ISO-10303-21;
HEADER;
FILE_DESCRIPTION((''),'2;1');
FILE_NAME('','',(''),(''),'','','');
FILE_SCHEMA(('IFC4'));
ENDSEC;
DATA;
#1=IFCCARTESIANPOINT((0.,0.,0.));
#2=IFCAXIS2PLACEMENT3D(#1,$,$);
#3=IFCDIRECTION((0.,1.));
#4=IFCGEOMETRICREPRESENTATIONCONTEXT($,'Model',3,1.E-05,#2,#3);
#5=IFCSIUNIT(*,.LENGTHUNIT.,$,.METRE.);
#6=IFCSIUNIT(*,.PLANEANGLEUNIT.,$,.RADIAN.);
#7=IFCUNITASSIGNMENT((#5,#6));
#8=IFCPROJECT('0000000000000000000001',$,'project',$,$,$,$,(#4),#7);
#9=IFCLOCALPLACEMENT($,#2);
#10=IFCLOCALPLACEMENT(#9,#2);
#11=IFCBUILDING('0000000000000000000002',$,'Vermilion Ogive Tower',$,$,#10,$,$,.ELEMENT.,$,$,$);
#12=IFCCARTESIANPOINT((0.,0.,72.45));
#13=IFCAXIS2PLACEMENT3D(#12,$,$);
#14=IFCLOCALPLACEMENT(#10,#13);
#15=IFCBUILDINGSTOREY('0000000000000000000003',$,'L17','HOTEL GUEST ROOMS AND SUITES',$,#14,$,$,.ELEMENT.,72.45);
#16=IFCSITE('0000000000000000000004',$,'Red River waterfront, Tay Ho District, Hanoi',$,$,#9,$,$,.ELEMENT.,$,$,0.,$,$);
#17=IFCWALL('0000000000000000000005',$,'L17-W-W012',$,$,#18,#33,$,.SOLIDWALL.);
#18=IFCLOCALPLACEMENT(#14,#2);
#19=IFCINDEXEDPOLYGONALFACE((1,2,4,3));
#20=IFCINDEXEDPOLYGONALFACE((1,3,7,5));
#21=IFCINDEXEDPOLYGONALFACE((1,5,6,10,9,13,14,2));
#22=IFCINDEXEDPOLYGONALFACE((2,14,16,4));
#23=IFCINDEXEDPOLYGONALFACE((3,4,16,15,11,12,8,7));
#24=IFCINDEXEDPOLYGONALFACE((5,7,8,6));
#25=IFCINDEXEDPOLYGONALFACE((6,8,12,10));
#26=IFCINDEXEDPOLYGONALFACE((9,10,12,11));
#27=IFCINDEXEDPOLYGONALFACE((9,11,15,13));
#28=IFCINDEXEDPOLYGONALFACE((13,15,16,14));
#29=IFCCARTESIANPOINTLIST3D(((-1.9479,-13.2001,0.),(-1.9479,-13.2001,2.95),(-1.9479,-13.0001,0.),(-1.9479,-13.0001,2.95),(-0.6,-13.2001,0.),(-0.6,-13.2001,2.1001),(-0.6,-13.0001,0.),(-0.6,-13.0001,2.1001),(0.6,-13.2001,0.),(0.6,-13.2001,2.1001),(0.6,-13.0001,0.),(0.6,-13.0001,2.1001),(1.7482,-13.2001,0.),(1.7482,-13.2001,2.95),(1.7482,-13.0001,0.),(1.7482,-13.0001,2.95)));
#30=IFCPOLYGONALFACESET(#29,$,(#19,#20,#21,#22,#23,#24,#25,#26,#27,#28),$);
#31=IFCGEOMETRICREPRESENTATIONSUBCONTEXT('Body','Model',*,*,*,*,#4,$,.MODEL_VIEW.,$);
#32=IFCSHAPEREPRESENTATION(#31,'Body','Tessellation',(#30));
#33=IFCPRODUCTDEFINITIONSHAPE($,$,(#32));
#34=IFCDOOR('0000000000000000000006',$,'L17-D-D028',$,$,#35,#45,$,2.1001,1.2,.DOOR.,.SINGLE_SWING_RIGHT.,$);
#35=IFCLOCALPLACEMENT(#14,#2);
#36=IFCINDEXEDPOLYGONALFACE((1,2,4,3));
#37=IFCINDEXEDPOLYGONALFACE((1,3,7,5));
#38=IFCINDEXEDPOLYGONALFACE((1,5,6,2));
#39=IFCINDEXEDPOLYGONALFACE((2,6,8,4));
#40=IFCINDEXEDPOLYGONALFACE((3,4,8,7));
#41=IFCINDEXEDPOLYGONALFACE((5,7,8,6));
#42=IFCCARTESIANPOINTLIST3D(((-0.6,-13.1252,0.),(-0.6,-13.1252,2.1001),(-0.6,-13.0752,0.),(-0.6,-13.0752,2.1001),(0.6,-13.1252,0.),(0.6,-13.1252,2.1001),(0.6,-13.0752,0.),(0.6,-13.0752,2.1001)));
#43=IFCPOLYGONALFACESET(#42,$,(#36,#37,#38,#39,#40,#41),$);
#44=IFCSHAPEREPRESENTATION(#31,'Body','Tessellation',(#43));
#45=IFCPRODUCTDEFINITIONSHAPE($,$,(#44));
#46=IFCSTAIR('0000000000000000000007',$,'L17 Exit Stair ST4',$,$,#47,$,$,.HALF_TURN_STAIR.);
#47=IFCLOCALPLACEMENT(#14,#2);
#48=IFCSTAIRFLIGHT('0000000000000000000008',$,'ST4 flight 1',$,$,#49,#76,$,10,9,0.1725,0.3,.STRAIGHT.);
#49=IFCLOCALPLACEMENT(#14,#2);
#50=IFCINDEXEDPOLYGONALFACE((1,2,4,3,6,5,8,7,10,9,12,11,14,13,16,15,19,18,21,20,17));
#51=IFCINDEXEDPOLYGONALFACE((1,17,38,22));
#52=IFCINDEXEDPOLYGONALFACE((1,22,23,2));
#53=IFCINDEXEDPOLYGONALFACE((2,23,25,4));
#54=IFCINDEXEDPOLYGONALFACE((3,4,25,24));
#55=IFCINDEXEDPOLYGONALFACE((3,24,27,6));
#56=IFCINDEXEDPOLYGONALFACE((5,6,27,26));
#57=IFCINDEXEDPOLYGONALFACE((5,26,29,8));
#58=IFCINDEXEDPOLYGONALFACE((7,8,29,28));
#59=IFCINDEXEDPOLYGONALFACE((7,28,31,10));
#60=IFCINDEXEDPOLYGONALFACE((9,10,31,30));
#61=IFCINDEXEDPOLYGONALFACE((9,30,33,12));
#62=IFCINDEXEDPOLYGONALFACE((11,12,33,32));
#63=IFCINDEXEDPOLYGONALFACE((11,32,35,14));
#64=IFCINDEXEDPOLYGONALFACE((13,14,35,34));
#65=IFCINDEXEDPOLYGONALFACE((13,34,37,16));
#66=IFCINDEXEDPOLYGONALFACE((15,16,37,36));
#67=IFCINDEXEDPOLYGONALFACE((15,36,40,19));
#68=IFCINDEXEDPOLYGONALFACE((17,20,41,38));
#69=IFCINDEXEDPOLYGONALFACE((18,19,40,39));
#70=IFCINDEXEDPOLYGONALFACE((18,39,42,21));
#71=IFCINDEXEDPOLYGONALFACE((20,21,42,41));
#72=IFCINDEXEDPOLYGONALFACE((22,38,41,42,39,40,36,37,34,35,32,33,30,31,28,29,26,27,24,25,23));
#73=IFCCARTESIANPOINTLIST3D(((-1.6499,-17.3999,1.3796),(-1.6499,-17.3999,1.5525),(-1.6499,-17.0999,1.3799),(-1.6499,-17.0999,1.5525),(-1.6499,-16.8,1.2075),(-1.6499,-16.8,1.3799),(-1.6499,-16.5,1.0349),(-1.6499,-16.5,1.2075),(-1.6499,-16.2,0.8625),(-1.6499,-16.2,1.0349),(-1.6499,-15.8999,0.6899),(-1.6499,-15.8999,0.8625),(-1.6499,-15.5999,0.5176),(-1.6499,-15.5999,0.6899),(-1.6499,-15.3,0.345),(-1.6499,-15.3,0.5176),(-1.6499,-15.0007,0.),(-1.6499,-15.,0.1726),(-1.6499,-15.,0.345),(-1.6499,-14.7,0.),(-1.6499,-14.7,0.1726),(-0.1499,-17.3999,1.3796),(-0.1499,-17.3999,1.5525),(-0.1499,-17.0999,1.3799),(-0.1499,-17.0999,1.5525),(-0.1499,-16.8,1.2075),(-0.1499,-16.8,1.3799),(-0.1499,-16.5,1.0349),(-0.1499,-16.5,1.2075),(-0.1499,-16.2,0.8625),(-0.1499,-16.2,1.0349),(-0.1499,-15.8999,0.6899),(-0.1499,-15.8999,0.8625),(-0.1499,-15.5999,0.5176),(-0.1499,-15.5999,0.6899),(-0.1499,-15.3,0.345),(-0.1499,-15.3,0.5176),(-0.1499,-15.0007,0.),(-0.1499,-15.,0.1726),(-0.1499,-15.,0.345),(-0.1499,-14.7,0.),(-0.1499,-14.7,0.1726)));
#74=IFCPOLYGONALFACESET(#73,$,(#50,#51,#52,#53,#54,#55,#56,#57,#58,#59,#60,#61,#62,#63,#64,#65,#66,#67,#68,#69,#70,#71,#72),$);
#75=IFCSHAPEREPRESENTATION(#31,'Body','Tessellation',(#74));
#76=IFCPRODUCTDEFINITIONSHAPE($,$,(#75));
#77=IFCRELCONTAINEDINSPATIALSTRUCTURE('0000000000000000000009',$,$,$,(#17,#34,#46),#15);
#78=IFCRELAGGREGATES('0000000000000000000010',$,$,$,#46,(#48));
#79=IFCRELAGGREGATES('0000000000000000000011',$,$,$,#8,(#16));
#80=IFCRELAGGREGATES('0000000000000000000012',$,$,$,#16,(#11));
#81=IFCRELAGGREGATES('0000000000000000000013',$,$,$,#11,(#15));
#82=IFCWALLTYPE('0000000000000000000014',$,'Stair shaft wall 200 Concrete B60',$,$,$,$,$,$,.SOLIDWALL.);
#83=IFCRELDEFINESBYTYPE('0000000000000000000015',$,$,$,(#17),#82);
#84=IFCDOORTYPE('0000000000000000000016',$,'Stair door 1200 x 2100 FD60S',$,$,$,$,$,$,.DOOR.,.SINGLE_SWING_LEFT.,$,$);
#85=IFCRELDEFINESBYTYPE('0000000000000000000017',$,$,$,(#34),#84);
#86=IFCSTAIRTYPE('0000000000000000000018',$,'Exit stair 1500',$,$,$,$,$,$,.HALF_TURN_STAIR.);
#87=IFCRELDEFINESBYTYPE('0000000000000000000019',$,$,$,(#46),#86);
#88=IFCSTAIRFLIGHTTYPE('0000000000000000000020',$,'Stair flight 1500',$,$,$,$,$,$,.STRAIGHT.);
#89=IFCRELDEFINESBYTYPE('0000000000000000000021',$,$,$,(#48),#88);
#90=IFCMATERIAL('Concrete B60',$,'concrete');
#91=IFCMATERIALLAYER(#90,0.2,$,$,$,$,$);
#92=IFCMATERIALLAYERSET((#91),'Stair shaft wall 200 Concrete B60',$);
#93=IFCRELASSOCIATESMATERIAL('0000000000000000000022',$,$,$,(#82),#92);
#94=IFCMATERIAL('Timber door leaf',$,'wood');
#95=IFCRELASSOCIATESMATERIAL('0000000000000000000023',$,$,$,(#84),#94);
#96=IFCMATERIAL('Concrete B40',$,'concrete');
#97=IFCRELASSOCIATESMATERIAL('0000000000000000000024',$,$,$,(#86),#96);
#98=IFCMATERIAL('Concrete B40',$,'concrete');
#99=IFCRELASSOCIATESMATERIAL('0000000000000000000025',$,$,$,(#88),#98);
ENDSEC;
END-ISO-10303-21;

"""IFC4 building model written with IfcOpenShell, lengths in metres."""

from ifc_helpers import new_model, si_unit, direction, frame, frame_2d, origin, place, context, subcontext, project, spatial, polyline, rectangle, outline, extrude, material, layer, layer_set, type_object, element, fill, aggregate, save


model = new_model("IFC4")

# Units and contexts
model_context = context("Model", 3, precision=1e-05, world=origin(), true_north=direction((0.0, 1.0)))
body_context = subcontext(model_context, "Body", "Model", "MODEL_VIEW")
ifc_project = project(units=[si_unit("LENGTHUNIT", "METRE"), si_unit("PLANEANGLEUNIT", "RADIAN")], contexts=[model_context])

# Site, building, storey
site_placement = place(None, origin())
site = spatial("IfcSite", under=ifc_project, at=site_placement, Name="Red River waterfront, Tay Ho District, Hanoi", CompositionType="ELEMENT", RefElevation=0.0)
building_placement = place(site_placement, origin())
building = spatial("IfcBuilding", under=site, at=building_placement, Name="Vermilion Ogive Tower", CompositionType="ELEMENT")
storey_placement = place(building_placement, frame((0.0, 0.0, 72.45)))
storey = spatial("IfcBuildingStorey", under=building, at=storey_placement, Name="L17", Description="HOTEL GUEST ROOMS AND SUITES", CompositionType="ELEMENT", Elevation=72.45)

# Wall, opening, door
ifc_material_1 = material(Name="Concrete B60", Category="concrete")
ifc_layer_1 = layer(ifc_material_1, 0.2)
ifc_layer_set_1 = layer_set([ifc_layer_1], Name="Stair shaft wall 200 Concrete B60")
wall_type_1 = type_object("IfcWallType", Name="Stair shaft wall 200 Concrete B60", PredefinedType="SOLIDWALL", material=ifc_layer_set_1)
wall_1_placement = place(storey_placement, frame((-1.948, -13.1001, 0.0), z_axis=(0.0, 0.0, 1.0), x_axis=(1.0, 0.0, 0.0)))
wall_1 = element("IfcWall", 1, at=wall_1_placement, inside=storey, type_object=wall_type_1, Name="L17-W-W012", PredefinedType="SOLIDWALL", context=body_context, shape_type="SweptSolid", body=[
    extrude(rectangle(XDim=3.696, YDim=0.2, at=frame_2d((1.8481, 0.0))), origin(), (0.0, 0.0, 1.0), 2.95),
])
opening_1_placement = place(wall_1_placement, frame((1.3479, 0.0, 0.0)))
opening_1 = element("IfcOpeningElement", 2, at=opening_1_placement, cuts=wall_1, PredefinedType="OPENING", context=body_context, shape_type="SweptSolid", body=[
    extrude(rectangle(XDim=1.2, YDim=2.1001, at=frame_2d((0.6001, 1.05))), frame((0.0, 0.1099, 0.0), z_axis=(0.0, -1.0, 0.0), x_axis=(1.0, 0.0, 0.0)), (0.0, 0.0, 1.0), 0.22),
])
ifc_material_2 = material(Name="Timber door leaf", Category="wood")
door_type_1 = type_object("IfcDoorType", Name="Stair door 1200 x 2100 FD60S", OperationType="SINGLE_SWING_LEFT", PredefinedType="DOOR", material=ifc_material_2)
door_1_placement = place(opening_1_placement, origin())
door_1 = element("IfcDoor", 3, at=door_1_placement, inside=storey, type_object=door_type_1, Name="L17-D-D028", OperationType="SINGLE_SWING_RIGHT", OverallHeight=2.1001, OverallWidth=1.2, PredefinedType="DOOR", context=body_context, shape_type="SweptSolid", body=[
    extrude(rectangle(XDim=1.2, YDim=2.1001, at=frame_2d((0.6001, 1.05))), frame((0.0, 0.0249, 0.0), z_axis=(0.0, -1.0, 0.0), x_axis=(1.0, 0.0, 0.0)), (0.0, 0.0, 1.0), 0.05),
])
fill(opening_1, door_1)

# Stair, stair flight
ifc_material_3 = material(Name="Concrete B40", Category="concrete")
stair_type = type_object("IfcStairType", Name="Exit stair 1500", PredefinedType="HALF_TURN_STAIR", material=ifc_material_3)
stair_placement = place(storey_placement, origin())
stair = element("IfcStair", 4, at=stair_placement, inside=storey, type_object=stair_type, Name="L17 Exit Stair ST4", PredefinedType="HALF_TURN_STAIR")
ifc_material_4 = material(Name="Concrete B40", Category="concrete")
stair_flight_type = type_object("IfcStairFlightType", Name="Stair flight 1500", PredefinedType="STRAIGHT", material=ifc_material_4)
stair_flight_placement = place(storey_placement, frame((-0.8999, -14.7, 0.0), z_axis=(0.0, 0.0, 1.0), x_axis=(0.0, -1.0, 0.0)))
stair_flight = element("IfcStairFlight", 5, at=stair_flight_placement, type_object=stair_flight_type, Name="ST4 flight 1", NumberOfRisers=10, NumberOfTreads=9, PredefinedType="STRAIGHT", RiserHeight=0.1725, TreadLength=0.3, context=body_context, shape_type="SweptSolid", body=[
    extrude(outline(polyline([(0.0, 0.0), (0.0, 0.1726), (0.3, 0.1726), (0.3, 0.345), (0.6001, 0.345), (0.6001, 0.5176), (0.8999, 0.5176), (0.8999, 0.6899), (1.2, 0.6899), (1.2, 0.8625), (1.5, 0.8625), (1.5, 1.0349), (1.8, 1.0349), (1.8, 1.2075), (2.1001, 1.2075), (2.1001, 1.3799), (2.3999, 1.3799), (2.3999, 1.5525), (2.7, 1.5525), (2.7, 1.7251), (2.7, 1.3796), (0.3008, 0.0), (0.0, 0.0)])), frame((0.0, 0.75, 0.0), z_axis=(0.0, -1.0, 0.0), x_axis=(1.0, 0.0, 0.0)), (0.0, 0.0, 1.0), 1.5),
])
aggregate(stair, [stair_flight])

save(model, "model.ifc")
